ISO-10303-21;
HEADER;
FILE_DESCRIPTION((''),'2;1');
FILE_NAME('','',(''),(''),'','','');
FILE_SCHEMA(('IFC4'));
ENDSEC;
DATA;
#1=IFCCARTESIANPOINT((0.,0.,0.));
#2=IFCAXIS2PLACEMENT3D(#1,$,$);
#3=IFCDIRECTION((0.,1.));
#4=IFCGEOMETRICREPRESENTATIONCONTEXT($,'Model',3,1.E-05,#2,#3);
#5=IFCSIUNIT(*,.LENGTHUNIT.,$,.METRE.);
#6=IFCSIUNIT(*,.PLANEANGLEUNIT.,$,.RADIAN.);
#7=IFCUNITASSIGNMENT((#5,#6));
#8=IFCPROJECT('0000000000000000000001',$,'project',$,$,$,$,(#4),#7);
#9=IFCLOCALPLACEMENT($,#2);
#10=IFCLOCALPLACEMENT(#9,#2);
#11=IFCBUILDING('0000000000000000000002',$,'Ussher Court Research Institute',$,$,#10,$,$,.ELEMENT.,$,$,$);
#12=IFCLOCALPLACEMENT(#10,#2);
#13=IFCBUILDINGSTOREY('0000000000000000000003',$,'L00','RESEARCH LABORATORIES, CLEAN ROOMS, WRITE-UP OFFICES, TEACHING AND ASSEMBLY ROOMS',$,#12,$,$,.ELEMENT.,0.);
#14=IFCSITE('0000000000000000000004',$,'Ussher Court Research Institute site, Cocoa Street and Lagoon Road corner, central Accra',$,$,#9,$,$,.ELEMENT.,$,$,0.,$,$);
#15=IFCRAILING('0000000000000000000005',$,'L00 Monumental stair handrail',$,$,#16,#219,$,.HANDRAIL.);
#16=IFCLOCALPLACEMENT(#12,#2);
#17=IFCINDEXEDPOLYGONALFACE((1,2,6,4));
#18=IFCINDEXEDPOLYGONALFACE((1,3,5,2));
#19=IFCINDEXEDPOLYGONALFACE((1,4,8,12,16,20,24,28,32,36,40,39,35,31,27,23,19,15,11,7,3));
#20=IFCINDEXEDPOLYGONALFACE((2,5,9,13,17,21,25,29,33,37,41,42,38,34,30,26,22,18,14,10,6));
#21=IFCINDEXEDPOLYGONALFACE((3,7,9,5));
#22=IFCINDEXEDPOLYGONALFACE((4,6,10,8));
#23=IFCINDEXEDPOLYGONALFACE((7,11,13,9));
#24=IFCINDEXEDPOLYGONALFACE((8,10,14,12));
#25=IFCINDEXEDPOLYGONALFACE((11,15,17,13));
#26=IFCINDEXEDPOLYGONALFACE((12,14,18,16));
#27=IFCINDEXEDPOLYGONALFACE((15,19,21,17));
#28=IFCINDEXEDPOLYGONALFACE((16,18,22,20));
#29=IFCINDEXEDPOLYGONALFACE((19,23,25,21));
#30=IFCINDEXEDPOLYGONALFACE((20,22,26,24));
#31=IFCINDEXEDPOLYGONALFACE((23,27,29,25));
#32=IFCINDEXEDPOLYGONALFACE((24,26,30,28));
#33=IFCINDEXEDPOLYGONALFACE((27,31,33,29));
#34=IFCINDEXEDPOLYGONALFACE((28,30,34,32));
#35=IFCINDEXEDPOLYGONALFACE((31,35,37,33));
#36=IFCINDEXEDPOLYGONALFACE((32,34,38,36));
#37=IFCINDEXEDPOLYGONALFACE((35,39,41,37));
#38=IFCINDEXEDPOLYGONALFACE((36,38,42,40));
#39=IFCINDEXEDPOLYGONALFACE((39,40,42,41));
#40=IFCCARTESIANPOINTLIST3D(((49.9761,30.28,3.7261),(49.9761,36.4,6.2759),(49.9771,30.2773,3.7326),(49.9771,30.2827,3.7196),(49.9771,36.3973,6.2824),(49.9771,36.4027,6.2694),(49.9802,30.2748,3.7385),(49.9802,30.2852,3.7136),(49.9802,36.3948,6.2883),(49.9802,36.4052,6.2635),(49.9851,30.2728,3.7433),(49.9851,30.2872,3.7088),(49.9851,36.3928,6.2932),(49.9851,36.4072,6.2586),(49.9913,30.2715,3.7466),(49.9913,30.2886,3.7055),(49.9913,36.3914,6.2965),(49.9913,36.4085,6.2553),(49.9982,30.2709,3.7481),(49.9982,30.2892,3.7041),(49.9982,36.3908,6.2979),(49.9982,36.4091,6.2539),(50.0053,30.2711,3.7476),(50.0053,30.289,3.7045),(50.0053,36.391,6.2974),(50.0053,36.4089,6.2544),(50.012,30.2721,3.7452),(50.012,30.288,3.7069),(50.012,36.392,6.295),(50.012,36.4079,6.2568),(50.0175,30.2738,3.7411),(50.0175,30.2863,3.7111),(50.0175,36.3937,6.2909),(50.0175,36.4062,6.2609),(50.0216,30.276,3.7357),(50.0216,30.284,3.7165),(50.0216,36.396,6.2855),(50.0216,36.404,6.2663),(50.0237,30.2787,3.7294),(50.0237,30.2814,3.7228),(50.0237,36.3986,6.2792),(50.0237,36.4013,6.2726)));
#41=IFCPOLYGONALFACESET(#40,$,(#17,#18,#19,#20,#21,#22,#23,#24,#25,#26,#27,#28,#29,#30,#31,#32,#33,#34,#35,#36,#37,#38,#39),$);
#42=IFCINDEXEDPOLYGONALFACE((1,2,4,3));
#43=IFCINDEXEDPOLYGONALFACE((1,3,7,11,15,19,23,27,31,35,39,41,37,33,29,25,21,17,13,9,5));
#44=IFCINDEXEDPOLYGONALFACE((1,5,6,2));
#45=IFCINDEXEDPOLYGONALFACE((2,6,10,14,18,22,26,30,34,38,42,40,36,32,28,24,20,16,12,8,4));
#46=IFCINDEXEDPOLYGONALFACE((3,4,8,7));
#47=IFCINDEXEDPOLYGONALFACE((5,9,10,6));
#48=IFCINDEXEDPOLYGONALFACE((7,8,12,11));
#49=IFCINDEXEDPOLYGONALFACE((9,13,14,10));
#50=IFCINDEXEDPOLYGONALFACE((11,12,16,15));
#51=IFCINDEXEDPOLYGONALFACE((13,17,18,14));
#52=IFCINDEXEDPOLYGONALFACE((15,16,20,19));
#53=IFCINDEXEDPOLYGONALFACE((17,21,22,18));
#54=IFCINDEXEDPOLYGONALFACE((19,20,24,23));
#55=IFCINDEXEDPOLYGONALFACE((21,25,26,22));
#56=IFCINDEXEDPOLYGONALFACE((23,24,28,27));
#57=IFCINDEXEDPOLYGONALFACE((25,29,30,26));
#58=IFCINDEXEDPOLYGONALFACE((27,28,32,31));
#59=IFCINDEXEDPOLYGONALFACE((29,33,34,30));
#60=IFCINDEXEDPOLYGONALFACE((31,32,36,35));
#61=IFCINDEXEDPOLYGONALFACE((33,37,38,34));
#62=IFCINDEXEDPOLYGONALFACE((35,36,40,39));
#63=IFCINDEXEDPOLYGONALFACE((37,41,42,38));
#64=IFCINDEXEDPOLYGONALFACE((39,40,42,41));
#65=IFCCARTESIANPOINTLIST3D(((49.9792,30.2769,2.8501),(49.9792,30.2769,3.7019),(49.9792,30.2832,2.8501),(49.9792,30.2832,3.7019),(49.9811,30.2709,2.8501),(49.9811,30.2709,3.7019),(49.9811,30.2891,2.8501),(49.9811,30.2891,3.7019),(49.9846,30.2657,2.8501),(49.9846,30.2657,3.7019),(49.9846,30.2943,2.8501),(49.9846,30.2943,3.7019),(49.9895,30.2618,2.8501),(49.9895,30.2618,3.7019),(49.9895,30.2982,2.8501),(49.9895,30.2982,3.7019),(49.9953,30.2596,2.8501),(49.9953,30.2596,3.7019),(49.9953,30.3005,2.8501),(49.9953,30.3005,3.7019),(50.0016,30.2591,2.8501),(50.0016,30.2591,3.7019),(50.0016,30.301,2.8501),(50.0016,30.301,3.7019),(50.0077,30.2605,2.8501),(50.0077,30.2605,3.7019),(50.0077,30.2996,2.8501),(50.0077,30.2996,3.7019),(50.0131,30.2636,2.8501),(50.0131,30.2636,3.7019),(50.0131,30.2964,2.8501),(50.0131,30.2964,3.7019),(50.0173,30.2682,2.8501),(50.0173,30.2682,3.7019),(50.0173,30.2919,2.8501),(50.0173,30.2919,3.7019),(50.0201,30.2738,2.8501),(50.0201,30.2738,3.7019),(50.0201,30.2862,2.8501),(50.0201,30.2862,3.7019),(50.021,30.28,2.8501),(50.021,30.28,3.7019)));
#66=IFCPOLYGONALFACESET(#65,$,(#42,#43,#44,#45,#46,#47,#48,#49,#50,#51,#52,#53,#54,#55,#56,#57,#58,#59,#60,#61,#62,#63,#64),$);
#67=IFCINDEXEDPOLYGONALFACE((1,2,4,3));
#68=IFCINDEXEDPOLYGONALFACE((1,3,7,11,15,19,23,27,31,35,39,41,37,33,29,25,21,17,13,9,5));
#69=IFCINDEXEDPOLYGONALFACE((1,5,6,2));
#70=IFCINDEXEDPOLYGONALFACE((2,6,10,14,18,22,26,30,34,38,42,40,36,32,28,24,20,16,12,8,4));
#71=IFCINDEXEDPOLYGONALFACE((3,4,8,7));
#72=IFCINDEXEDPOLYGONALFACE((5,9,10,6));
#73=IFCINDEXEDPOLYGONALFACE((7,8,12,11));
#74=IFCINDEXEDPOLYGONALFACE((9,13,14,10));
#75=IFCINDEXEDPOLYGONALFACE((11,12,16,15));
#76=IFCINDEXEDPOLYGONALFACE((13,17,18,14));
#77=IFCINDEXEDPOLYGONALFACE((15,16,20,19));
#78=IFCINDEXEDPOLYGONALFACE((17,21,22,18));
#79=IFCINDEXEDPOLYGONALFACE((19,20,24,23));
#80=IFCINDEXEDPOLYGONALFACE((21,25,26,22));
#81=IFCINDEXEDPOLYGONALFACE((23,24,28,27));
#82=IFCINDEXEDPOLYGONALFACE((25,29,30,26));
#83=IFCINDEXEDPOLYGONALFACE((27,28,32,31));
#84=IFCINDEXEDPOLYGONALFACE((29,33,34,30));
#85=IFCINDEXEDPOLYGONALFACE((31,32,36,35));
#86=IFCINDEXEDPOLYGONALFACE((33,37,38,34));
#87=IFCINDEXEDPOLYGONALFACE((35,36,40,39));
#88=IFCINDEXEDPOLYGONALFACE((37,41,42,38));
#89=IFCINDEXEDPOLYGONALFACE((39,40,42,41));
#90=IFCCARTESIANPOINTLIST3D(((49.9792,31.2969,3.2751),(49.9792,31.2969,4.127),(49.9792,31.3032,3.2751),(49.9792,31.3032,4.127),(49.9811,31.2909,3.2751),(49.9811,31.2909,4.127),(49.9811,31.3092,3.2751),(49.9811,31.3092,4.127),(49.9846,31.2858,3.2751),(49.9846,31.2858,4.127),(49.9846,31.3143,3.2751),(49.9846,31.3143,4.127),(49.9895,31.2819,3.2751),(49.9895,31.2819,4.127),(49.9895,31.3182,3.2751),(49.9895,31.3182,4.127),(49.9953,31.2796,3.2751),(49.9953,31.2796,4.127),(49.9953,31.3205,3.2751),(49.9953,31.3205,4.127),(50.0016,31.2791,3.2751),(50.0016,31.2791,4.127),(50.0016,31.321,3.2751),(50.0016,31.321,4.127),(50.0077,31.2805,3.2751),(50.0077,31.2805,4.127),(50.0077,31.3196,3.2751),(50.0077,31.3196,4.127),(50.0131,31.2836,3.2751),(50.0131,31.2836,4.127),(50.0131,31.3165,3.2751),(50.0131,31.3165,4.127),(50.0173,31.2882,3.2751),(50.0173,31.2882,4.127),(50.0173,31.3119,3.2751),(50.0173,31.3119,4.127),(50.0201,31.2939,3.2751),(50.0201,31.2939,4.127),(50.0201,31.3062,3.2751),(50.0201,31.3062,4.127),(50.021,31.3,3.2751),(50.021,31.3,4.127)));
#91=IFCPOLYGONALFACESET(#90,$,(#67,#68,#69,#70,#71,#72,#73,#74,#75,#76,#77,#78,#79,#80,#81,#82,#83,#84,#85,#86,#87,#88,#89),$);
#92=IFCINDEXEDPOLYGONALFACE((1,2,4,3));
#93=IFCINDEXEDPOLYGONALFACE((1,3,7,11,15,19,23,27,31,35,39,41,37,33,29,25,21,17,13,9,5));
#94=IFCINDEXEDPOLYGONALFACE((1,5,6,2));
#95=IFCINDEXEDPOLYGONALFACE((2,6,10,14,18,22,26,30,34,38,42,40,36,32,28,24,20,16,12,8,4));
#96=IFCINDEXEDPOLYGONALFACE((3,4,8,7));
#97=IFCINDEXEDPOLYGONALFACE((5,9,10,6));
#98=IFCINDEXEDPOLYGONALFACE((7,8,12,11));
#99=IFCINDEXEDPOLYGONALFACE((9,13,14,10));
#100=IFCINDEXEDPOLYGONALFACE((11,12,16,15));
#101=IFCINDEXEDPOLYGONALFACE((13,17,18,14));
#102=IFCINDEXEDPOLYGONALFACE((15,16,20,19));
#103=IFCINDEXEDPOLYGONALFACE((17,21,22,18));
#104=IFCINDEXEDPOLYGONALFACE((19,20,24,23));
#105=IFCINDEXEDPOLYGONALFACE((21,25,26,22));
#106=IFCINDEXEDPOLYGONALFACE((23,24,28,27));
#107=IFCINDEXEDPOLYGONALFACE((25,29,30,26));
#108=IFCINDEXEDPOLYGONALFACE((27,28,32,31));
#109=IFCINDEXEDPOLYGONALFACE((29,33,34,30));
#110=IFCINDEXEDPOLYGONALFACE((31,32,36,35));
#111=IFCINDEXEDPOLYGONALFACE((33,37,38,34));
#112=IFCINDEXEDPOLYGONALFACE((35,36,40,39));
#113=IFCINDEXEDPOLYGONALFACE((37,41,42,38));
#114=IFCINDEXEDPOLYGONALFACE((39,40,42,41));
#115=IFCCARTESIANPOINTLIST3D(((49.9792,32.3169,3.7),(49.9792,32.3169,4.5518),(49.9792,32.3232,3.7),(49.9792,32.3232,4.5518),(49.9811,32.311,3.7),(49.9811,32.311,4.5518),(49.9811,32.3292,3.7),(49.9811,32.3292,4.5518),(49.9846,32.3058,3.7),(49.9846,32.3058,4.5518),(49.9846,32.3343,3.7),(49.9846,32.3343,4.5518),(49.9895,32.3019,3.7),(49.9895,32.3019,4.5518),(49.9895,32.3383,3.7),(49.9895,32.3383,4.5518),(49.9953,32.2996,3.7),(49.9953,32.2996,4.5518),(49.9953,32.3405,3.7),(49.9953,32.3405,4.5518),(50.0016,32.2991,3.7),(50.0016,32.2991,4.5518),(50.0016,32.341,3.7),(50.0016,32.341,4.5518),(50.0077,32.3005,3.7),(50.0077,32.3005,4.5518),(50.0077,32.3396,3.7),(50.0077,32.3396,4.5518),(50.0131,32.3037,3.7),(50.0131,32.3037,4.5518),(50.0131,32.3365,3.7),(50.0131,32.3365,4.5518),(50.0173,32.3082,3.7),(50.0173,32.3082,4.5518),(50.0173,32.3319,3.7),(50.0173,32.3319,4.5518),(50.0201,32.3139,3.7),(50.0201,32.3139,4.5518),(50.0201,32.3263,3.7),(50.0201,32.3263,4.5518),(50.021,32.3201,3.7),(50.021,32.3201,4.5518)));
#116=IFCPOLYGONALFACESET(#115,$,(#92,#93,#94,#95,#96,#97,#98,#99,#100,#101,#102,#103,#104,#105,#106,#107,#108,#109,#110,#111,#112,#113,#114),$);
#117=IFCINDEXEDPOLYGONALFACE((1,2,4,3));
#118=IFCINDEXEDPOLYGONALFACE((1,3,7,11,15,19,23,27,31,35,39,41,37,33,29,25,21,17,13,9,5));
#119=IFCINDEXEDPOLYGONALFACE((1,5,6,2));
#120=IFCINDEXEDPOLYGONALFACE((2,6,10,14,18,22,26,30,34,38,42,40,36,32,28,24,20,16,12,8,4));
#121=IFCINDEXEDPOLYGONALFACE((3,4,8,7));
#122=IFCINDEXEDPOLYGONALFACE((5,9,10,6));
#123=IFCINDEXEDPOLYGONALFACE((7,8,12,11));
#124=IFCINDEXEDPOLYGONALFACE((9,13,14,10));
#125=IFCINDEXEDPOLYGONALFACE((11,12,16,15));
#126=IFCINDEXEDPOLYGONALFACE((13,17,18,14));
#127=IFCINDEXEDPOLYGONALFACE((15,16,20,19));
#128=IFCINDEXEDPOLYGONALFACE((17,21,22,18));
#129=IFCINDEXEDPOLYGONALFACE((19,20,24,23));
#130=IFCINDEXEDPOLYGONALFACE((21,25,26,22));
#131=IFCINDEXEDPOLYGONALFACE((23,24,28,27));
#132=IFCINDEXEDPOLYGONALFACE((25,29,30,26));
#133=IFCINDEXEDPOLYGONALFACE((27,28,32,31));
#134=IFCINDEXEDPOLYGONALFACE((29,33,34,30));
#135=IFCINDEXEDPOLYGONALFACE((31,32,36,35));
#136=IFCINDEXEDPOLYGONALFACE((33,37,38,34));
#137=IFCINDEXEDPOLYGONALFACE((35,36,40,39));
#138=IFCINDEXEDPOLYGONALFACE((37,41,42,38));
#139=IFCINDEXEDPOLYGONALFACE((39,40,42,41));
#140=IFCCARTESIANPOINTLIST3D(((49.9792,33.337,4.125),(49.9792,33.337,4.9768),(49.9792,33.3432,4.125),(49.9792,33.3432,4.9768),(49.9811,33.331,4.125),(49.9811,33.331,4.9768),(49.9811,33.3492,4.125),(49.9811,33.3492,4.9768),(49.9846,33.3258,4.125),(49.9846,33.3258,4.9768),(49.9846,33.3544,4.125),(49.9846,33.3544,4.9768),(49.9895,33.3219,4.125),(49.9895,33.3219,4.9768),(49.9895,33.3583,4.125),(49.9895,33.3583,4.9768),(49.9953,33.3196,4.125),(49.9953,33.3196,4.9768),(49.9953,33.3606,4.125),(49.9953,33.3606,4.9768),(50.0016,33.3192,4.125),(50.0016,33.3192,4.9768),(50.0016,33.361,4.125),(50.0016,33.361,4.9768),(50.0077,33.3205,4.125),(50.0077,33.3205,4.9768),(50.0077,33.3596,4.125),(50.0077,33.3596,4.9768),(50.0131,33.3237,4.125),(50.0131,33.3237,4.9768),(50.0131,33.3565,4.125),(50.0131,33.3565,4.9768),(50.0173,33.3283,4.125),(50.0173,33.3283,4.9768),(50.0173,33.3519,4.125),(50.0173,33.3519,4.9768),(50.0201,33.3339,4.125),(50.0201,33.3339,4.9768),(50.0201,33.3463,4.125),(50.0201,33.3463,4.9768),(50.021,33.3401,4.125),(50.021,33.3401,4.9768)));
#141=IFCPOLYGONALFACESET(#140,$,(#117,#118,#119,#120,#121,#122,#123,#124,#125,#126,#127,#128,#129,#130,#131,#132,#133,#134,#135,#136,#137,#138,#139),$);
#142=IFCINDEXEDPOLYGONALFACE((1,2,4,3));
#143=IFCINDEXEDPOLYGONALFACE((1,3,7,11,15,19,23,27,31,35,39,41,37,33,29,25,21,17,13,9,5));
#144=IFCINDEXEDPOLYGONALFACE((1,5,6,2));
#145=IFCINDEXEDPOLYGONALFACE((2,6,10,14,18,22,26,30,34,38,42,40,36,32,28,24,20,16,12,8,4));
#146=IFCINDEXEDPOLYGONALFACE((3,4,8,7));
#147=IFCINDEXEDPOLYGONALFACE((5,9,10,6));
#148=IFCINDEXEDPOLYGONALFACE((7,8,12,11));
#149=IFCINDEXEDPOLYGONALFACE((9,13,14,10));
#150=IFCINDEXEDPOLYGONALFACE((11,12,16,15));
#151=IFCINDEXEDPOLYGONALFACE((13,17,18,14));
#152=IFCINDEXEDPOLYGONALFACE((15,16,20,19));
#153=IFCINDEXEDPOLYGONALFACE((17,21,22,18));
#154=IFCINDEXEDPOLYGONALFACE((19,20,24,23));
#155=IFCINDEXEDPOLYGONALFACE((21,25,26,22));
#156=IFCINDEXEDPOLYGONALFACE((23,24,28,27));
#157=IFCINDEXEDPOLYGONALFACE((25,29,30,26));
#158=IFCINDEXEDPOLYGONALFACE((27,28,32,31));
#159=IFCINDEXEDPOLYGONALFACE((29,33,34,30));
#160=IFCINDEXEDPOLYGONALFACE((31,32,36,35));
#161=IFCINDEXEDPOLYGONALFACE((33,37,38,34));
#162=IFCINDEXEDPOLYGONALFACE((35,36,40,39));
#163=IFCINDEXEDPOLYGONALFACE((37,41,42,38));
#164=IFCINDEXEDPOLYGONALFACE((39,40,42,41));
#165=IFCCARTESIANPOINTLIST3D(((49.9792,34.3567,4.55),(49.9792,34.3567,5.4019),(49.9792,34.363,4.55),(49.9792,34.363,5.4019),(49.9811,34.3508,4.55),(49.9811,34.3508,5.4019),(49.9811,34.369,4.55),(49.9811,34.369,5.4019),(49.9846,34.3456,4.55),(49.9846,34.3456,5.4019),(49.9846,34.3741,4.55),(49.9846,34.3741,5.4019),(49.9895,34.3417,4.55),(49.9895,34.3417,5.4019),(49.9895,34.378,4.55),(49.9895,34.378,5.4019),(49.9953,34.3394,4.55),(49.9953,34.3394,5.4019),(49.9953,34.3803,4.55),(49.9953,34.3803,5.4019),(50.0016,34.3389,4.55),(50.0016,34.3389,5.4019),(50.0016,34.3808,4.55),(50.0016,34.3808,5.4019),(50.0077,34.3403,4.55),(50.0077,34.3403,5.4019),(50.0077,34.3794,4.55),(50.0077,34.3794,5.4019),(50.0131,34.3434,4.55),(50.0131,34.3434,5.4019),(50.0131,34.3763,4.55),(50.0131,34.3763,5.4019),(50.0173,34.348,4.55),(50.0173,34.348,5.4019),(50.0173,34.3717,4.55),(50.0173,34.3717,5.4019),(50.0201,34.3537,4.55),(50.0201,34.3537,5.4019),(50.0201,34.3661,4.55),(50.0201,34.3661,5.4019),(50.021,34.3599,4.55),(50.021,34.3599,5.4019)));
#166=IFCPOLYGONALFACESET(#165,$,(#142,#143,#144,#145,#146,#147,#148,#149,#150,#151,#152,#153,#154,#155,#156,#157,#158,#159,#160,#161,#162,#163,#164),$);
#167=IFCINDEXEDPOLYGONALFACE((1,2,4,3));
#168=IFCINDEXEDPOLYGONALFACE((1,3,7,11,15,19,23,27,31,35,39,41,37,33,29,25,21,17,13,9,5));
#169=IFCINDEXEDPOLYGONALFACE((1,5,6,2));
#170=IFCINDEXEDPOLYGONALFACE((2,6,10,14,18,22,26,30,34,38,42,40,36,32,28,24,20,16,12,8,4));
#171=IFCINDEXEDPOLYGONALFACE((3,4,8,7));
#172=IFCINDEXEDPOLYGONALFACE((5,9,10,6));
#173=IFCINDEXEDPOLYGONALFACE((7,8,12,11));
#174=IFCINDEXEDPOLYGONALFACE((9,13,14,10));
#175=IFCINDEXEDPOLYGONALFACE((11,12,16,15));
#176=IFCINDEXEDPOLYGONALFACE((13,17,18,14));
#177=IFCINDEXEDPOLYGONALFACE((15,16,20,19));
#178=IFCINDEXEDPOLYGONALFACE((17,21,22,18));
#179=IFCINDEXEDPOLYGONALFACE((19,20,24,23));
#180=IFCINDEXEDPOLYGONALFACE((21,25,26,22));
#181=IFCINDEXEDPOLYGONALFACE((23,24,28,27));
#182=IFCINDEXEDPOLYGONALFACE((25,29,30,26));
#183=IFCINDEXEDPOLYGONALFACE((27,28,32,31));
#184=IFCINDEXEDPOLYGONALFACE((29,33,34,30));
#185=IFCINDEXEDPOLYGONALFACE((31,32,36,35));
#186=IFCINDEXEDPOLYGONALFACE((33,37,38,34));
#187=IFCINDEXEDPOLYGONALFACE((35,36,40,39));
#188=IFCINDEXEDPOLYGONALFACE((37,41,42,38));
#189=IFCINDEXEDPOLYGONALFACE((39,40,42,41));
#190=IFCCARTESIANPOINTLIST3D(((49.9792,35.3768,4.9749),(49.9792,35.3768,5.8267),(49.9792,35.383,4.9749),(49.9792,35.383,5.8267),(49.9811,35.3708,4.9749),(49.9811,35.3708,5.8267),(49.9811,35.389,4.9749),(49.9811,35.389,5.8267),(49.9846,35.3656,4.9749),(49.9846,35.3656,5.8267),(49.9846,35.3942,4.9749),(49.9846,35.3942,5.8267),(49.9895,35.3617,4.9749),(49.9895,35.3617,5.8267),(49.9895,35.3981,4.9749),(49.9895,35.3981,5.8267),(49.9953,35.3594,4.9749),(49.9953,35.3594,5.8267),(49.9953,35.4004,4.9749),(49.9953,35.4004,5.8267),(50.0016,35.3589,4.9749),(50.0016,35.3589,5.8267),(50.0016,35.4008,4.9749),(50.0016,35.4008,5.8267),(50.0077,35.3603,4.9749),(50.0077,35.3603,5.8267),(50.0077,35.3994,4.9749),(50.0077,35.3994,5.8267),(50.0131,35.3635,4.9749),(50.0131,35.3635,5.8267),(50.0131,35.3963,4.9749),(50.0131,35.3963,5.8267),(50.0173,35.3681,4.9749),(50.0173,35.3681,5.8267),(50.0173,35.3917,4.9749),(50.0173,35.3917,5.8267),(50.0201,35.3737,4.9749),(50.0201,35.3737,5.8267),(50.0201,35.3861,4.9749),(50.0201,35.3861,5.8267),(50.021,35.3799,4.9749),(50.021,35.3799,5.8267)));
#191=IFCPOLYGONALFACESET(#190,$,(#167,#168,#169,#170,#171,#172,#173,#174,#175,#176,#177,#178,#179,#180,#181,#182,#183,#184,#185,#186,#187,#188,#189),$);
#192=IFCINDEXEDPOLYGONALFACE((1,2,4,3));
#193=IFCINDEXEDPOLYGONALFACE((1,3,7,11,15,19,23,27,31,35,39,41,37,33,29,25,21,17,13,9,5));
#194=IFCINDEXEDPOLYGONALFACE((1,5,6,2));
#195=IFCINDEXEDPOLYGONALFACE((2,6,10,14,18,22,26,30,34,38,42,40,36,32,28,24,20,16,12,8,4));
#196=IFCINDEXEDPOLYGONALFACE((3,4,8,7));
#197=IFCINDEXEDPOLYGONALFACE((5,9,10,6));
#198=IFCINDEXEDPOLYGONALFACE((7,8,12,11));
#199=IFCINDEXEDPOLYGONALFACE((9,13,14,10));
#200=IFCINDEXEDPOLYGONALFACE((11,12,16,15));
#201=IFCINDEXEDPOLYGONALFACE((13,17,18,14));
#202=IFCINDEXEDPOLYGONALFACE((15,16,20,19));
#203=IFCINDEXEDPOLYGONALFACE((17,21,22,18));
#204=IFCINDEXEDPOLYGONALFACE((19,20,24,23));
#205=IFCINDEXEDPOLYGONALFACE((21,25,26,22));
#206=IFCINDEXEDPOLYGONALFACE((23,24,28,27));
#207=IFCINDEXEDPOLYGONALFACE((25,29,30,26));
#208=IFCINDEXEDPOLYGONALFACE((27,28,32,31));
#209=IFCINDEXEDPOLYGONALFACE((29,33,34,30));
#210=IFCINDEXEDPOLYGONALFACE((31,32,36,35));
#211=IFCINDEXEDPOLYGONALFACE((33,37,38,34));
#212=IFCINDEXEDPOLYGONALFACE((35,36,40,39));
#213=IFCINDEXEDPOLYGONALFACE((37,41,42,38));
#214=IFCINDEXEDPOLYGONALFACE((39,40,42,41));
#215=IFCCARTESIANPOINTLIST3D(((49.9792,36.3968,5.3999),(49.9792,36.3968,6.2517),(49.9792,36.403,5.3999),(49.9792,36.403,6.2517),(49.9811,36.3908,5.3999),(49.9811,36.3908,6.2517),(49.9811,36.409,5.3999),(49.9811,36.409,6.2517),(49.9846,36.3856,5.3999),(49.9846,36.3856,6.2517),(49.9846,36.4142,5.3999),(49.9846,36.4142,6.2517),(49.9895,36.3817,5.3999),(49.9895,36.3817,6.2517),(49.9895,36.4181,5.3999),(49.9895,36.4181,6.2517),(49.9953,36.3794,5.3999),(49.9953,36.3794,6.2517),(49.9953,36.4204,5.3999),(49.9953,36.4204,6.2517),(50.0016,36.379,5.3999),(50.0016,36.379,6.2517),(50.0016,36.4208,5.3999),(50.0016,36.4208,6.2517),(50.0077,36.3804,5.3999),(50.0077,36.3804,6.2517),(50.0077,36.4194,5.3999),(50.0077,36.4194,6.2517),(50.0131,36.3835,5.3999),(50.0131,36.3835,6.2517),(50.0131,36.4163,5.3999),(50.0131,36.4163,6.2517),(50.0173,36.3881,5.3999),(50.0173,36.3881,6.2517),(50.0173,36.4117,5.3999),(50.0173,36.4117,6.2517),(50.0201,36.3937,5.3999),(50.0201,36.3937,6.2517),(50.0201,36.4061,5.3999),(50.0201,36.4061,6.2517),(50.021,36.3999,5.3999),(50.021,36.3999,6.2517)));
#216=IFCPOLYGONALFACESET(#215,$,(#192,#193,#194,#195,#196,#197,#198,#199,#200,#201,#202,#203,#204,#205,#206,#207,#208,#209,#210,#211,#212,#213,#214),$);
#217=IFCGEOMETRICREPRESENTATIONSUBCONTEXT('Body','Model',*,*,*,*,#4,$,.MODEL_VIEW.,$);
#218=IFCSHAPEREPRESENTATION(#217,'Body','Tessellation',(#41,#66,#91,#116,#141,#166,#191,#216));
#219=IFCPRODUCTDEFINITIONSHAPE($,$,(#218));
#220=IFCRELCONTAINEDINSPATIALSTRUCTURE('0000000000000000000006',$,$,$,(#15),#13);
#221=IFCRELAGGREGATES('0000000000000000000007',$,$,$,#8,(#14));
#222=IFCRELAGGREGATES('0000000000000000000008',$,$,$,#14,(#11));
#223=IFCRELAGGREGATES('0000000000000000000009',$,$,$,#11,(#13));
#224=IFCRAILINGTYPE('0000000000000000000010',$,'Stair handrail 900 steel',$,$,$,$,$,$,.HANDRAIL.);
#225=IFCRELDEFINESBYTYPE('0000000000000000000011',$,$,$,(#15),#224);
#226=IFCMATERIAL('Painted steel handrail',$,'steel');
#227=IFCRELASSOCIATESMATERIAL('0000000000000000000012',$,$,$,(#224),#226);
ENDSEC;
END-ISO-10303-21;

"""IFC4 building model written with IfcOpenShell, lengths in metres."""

from ifc_helpers import new_model, si_unit, direction, frame, origin, origin_2d, place, context, subcontext, project, spatial, circle, extrude, material, type_object, element, save


model = new_model("IFC4")

# Units and contexts
model_context = context("Model", 3, precision=1e-05, world=origin(), true_north=direction((0.0, 1.0)))
body_context = subcontext(model_context, "Body", "Model", "MODEL_VIEW")
ifc_project = project(units=[si_unit("LENGTHUNIT", "METRE"), si_unit("PLANEANGLEUNIT", "RADIAN")], contexts=[model_context])

# Site, building, storey
site_placement = place(None, origin())
site = spatial("IfcSite", under=ifc_project, at=site_placement, Name="Ussher Court Research Institute site, Cocoa Street and Lagoon Road corner, central Accra", CompositionType="ELEMENT", RefElevation=0.0)
building_placement = place(site_placement, origin())
building = spatial("IfcBuilding", under=site, at=building_placement, Name="Ussher Court Research Institute", CompositionType="ELEMENT")
storey_placement = place(building_placement, origin())
storey = spatial("IfcBuildingStorey", under=building, at=storey_placement, Name="L00", Description="RESEARCH LABORATORIES, CLEAN ROOMS, WRITE-UP OFFICES, TEACHING AND ASSEMBLY ROOMS", CompositionType="ELEMENT", Elevation=0.0)

# Railing
ifc_material_1 = material(Name="Painted steel handrail", Category="steel")
railing_type_1 = type_object("IfcRailingType", Name="Stair handrail 900 steel", PredefinedType="HANDRAIL", material=ifc_material_1)
railing_1_placement = place(storey_placement, frame((50.0, 30.28, 2.8501)))
element("IfcRailing", 1, at=railing_1_placement, inside=storey, type_object=railing_type_1, Name="L00 Monumental stair handrail", PredefinedType="HANDRAIL", context=body_context, shape_type="SweptSolid", body=[
    extrude(circle(Radius=0.0239, at=origin_2d()), frame((0.0, 0.0, 0.876), z_axis=(0.0, 0.923085, 0.384597), x_axis=(-1.0, 0.0, 0.0)), (0.0, 0.0, 1.0), 6.6299),
    extrude(circle(Radius=0.021, at=origin_2d()), origin(), (0.0, 0.0, 1.0), 0.8518),
    extrude(circle(Radius=0.021, at=origin_2d()), frame((0.0, 1.02, 0.425)), (0.0, 0.0, 1.0), 0.8518),
    extrude(circle(Radius=0.021, at=origin_2d()), frame((0.0, 2.04, 0.8499)), (0.0, 0.0, 1.0), 0.8518),
    extrude(circle(Radius=0.021, at=origin_2d()), frame((0.0, 3.0601, 1.2749)), (0.0, 0.0, 1.0), 0.8518),
    extrude(circle(Radius=0.021, at=origin_2d()), frame((0.0, 4.0798, 1.7)), (0.0, 0.0, 1.0), 0.8518),
    extrude(circle(Radius=0.021, at=origin_2d()), frame((0.0, 5.0999, 2.1248)), (0.0, 0.0, 1.0), 0.8518),
    extrude(circle(Radius=0.021, at=origin_2d()), frame((0.0, 6.1199, 2.5498)), (0.0, 0.0, 1.0), 0.8518),
])

save(model, "model.ifc")
